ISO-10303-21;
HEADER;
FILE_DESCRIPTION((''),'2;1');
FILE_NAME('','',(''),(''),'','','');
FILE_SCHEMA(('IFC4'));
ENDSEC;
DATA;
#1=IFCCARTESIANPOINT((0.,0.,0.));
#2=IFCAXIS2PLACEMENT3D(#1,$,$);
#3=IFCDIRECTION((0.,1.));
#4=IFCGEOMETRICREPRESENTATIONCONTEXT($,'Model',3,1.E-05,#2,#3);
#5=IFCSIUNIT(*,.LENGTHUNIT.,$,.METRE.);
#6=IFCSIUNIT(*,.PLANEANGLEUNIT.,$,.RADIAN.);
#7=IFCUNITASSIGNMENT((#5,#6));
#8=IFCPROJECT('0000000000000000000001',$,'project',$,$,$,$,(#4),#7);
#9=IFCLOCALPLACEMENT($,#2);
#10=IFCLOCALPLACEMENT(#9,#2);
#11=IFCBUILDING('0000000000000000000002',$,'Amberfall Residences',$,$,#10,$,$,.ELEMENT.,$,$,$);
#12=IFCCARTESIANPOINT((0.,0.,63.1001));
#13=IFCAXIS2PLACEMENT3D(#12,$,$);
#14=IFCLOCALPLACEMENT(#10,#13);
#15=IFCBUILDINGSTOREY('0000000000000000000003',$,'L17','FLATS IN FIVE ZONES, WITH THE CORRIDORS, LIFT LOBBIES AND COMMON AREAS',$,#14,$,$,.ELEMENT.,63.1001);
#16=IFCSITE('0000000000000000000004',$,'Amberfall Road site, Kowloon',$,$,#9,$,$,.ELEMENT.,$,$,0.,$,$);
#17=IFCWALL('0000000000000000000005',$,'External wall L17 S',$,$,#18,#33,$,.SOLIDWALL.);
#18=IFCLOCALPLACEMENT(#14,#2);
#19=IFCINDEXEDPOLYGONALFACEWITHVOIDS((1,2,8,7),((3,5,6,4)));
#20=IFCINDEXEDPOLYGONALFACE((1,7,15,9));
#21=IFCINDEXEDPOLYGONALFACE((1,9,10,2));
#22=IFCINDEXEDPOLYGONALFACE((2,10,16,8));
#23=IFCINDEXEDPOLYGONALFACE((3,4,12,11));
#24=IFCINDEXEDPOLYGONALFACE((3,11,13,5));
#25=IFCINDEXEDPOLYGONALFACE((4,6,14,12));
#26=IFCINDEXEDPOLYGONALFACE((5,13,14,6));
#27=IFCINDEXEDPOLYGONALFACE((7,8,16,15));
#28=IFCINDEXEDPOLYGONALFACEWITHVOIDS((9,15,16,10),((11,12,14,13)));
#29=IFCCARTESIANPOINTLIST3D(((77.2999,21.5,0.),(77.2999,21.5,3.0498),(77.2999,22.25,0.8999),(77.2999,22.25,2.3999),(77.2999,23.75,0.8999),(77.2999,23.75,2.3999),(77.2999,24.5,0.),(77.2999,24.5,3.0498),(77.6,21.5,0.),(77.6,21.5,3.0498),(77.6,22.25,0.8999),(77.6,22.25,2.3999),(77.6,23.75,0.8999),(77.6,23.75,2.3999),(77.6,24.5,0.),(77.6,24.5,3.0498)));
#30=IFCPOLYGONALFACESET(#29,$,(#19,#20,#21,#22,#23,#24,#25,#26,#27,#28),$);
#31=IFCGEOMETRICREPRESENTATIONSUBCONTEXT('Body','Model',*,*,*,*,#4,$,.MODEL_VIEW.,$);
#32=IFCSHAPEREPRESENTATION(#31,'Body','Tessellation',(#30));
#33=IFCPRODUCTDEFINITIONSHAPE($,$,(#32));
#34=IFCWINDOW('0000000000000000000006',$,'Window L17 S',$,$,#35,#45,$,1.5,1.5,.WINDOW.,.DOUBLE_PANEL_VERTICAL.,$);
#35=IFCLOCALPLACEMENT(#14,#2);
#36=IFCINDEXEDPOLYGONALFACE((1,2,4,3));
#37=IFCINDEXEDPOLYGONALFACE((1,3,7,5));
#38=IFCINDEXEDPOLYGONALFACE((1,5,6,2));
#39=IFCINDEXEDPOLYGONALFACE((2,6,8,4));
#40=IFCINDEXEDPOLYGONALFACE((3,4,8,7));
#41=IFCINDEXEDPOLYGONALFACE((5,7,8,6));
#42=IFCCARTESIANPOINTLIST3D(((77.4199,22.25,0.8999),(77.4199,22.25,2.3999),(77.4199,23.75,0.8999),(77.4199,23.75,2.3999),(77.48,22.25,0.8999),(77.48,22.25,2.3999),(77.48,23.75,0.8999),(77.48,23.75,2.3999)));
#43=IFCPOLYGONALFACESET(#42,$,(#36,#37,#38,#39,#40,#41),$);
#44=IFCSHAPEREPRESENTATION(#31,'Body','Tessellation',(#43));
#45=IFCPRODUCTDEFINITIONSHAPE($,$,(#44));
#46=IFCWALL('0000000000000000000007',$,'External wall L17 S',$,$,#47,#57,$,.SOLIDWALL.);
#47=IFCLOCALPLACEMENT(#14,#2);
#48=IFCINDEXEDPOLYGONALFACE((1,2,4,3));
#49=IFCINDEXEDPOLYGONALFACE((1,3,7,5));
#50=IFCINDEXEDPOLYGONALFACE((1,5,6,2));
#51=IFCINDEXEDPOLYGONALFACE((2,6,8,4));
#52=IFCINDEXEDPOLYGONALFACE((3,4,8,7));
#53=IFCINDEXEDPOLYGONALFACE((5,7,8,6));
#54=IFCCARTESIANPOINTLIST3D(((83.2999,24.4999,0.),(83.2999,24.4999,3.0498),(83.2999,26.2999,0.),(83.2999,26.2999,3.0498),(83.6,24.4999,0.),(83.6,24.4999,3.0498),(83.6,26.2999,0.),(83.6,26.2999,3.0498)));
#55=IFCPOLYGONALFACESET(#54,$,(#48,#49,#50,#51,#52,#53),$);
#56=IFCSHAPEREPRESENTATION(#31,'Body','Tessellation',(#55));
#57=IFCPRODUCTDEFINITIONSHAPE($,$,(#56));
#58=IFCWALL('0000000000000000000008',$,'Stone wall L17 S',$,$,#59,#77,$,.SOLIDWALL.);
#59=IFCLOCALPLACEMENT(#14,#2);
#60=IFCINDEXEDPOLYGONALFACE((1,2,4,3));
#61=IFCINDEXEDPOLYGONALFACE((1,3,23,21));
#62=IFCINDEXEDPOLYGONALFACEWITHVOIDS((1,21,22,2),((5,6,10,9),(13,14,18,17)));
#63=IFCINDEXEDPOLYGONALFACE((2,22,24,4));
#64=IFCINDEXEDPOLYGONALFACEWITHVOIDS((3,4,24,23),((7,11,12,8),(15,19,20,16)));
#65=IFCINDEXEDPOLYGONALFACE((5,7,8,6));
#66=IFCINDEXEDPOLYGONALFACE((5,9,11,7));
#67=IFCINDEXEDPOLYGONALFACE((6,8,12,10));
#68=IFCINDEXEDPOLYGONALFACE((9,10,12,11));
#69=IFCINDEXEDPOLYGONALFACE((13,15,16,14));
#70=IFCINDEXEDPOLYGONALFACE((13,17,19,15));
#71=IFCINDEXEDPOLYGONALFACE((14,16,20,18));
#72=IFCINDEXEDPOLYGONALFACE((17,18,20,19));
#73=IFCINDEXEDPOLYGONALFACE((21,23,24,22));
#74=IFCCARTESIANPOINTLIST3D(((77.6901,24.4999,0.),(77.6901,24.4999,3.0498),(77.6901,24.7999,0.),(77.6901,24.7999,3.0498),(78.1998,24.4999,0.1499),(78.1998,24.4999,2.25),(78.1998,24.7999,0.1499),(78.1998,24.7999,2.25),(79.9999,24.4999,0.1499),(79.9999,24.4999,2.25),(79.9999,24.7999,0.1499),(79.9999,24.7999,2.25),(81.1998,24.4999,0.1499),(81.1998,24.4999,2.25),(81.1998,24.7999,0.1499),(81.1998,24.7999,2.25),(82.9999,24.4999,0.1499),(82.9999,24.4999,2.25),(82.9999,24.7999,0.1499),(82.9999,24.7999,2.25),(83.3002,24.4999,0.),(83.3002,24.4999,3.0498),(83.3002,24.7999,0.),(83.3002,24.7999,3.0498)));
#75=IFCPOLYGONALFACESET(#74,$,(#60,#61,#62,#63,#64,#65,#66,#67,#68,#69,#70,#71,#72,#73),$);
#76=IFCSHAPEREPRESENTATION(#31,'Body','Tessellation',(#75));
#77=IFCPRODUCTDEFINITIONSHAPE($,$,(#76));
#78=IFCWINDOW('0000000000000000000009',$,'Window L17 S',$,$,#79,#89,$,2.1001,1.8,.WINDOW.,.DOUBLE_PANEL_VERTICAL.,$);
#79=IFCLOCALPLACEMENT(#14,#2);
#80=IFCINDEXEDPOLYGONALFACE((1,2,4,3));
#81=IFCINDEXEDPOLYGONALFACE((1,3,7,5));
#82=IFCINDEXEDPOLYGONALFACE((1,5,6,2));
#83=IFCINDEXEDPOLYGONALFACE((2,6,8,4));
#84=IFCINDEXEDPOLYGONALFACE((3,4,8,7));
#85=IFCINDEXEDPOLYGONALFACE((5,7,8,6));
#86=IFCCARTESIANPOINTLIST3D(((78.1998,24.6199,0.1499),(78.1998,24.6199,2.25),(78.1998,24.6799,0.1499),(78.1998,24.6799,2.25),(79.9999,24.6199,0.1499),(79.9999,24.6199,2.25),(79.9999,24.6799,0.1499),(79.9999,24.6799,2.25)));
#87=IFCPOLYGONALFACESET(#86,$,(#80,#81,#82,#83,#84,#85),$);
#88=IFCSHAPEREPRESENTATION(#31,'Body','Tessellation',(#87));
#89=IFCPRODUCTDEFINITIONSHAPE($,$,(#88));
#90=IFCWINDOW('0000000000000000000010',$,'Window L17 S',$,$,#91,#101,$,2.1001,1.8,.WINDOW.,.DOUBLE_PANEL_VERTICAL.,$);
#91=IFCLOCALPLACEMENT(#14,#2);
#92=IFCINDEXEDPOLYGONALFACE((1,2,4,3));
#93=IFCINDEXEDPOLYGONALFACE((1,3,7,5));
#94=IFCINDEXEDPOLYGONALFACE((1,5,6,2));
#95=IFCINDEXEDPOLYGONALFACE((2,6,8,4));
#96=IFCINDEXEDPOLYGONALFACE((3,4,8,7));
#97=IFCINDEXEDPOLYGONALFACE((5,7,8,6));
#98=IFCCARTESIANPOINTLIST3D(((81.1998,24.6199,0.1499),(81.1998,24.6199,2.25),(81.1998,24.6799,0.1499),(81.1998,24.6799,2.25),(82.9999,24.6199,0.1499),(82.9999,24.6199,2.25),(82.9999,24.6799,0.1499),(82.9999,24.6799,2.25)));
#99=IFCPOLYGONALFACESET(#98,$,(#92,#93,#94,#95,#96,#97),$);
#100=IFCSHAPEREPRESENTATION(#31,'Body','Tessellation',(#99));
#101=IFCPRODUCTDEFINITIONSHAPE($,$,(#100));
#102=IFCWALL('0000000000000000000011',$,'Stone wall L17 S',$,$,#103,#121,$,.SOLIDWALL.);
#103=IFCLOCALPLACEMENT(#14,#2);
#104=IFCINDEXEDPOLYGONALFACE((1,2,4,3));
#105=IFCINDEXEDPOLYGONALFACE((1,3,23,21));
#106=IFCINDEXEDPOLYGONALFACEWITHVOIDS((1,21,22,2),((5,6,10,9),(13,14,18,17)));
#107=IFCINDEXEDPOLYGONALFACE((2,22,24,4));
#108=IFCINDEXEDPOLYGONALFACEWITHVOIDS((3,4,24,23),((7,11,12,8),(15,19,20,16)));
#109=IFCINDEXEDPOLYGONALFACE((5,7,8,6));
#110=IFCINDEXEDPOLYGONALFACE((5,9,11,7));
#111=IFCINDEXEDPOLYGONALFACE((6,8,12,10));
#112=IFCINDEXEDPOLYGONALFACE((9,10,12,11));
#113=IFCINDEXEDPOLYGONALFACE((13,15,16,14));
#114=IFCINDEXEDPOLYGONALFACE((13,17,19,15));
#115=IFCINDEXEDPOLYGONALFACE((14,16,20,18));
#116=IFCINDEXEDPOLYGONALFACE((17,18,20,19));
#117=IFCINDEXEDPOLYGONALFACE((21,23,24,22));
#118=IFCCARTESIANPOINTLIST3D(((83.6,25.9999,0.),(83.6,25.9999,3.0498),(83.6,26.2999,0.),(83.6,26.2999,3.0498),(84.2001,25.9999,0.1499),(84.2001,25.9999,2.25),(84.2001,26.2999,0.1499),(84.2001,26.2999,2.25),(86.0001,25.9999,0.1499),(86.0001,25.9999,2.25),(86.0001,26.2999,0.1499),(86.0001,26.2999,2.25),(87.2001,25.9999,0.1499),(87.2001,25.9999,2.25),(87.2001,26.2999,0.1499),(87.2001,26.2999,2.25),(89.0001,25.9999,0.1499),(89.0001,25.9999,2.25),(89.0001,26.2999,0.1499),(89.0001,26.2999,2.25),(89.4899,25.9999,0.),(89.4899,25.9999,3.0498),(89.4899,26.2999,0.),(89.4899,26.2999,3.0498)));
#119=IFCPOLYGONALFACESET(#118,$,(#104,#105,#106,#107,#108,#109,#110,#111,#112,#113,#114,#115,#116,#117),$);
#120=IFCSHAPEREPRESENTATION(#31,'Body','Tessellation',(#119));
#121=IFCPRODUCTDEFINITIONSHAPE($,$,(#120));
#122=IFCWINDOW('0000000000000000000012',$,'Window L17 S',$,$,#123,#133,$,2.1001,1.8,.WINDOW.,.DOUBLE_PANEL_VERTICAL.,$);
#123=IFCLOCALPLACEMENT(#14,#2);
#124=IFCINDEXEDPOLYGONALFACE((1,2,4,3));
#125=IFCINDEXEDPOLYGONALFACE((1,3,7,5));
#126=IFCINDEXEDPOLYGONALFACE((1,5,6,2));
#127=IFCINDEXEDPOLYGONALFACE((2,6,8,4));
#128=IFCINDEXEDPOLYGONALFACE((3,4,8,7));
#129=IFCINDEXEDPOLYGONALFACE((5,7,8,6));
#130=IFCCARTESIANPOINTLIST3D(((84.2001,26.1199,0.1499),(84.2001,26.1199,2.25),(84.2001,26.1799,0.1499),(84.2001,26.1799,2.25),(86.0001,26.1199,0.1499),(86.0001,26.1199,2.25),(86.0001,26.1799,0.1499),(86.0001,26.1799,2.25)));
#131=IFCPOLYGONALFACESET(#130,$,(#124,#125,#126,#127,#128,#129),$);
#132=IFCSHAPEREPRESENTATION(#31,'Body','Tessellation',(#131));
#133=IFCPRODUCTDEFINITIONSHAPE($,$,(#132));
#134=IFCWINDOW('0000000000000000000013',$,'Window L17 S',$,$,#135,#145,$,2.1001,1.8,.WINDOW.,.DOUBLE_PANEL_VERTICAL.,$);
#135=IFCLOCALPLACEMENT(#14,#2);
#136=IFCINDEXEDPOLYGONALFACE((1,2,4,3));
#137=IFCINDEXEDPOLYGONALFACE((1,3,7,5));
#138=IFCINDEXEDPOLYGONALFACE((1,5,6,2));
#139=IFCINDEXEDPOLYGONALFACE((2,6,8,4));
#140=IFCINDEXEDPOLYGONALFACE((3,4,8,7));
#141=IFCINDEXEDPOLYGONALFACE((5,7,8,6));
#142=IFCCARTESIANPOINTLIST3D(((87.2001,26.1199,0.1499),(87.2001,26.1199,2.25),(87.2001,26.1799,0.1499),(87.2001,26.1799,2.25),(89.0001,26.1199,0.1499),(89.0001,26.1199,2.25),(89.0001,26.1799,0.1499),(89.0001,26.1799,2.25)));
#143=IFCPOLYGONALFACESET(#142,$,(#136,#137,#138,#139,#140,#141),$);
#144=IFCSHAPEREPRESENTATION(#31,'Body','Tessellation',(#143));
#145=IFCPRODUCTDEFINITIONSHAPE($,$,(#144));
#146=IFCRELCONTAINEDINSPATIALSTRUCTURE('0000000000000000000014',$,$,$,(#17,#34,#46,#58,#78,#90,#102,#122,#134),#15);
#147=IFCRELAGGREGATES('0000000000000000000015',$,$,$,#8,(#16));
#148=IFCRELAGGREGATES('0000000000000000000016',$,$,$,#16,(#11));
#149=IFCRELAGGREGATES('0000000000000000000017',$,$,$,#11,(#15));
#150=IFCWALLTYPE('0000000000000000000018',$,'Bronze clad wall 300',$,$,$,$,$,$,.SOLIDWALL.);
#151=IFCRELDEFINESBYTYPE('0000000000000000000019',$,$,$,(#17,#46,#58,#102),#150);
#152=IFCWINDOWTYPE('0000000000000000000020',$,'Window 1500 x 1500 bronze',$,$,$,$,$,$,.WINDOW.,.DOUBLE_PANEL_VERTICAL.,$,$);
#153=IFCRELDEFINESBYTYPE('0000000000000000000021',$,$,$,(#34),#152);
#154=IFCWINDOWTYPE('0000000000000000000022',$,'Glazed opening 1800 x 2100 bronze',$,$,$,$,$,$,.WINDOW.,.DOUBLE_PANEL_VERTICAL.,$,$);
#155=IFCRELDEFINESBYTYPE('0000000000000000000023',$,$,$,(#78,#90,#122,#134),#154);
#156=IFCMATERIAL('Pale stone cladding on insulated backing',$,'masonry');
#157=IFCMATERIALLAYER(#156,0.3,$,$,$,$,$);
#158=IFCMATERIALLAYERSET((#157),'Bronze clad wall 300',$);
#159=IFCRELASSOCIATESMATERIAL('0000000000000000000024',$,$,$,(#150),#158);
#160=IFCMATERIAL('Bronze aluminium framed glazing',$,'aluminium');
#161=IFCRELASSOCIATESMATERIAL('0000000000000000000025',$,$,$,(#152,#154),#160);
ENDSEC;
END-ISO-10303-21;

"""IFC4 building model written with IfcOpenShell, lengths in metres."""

from ifc_helpers import new_model, si_unit, direction, frame, frame_2d, origin, place, context, subcontext, project, spatial, rectangle, extrude, material, layer, layer_set, type_object, element, fill, save


model = new_model("IFC4")

# Units and contexts
model_context = context("Model", 3, precision=1e-05, world=origin(), true_north=direction((0.0, 1.0)))
body_context = subcontext(model_context, "Body", "Model", "MODEL_VIEW")
ifc_project = project(units=[si_unit("LENGTHUNIT", "METRE"), si_unit("PLANEANGLEUNIT", "RADIAN")], contexts=[model_context])

# Site, building, storey
site_placement = place(None, origin())
site = spatial("IfcSite", under=ifc_project, at=site_placement, Name="Amberfall Road site, Kowloon", CompositionType="ELEMENT", RefElevation=0.0)
building_placement = place(site_placement, origin())
building = spatial("IfcBuilding", under=site, at=building_placement, Name="Amberfall Residences", CompositionType="ELEMENT")
storey_placement = place(building_placement, frame((0.0, 0.0, 63.1001)))
storey = spatial("IfcBuildingStorey", under=building, at=storey_placement, Name="L17", Description="FLATS IN FIVE ZONES, WITH THE CORRIDORS, LIFT LOBBIES AND COMMON AREAS", CompositionType="ELEMENT", Elevation=63.1001)

# Wall, opening, window
ifc_material_1 = material(Name="Pale stone cladding on insulated backing", Category="masonry")
ifc_layer_1 = layer(ifc_material_1, 0.3)
ifc_layer_set_1 = layer_set([ifc_layer_1], Name="Bronze clad wall 300")
wall_type_1 = type_object("IfcWallType", Name="Bronze clad wall 300", PredefinedType="SOLIDWALL", material=ifc_layer_set_1)
wall_1_placement = place(storey_placement, frame((77.45, 21.5, 0.0), z_axis=(0.0, 0.0, 1.0), x_axis=(0.0, 1.0, 0.0)))
wall_1 = element("IfcWall", 1, at=wall_1_placement, inside=storey, type_object=wall_type_1, Name="External wall L17 S", PredefinedType="SOLIDWALL", context=body_context, shape_type="SweptSolid", body=[
    extrude(rectangle(XDim=3.0, YDim=0.3, at=frame_2d((1.5, 0.0))), origin(), (0.0, 0.0, 1.0), 3.0498),
])
opening_1_placement = place(wall_1_placement, frame((0.75, 0.0, 0.8999)))
opening_1 = element("IfcOpeningElement", 2, at=opening_1_placement, cuts=wall_1, PredefinedType="OPENING", context=body_context, shape_type="SweptSolid", body=[
    extrude(rectangle(XDim=1.5, YDim=1.5, at=frame_2d((0.75, 0.75))), frame((0.0, 0.1599, 0.0), z_axis=(0.0, -1.0, 0.0), x_axis=(1.0, 0.0, 0.0)), (0.0, 0.0, 1.0), 0.3201),
])
ifc_material_2 = material(Name="Bronze aluminium framed glazing", Category="aluminium")
window_type_1 = type_object("IfcWindowType", Name="Window 1500 x 1500 bronze", PartitioningType="DOUBLE_PANEL_VERTICAL", PredefinedType="WINDOW", material=ifc_material_2)
window_1_placement = place(opening_1_placement, origin())
window_1 = element("IfcWindow", 3, at=window_1_placement, inside=storey, type_object=window_type_1, Name="Window L17 S", OverallHeight=1.5, OverallWidth=1.5, PartitioningType="DOUBLE_PANEL_VERTICAL", PredefinedType="WINDOW", context=body_context, shape_type="SweptSolid", body=[
    extrude(rectangle(XDim=1.5, YDim=1.5, at=frame_2d((0.75, 0.75))), frame((0.0, 0.03, 0.0), z_axis=(0.0, -1.0, 0.0), x_axis=(1.0, 0.0, 0.0)), (0.0, 0.0, 1.0), 0.0601),
])
fill(opening_1, window_1)

# Wall
wall_2_placement = place(storey_placement, frame((83.45, 24.5, 0.0), z_axis=(0.0, 0.0, 1.0), x_axis=(0.0, 1.0, 0.0)))
element("IfcWall", 4, at=wall_2_placement, inside=storey, type_object=wall_type_1, Name="External wall L17 S", PredefinedType="SOLIDWALL", context=body_context, shape_type="SweptSolid", body=[
    extrude(rectangle(XDim=1.8, YDim=0.3, at=frame_2d((0.8999, 0.0))), origin(), (0.0, 0.0, 1.0), 3.0498),
])

# Walls, openings, windows
wall_3_placement = place(storey_placement, frame((77.6899, 24.6499, 0.0), z_axis=(0.0, 0.0, 1.0), x_axis=(1.0, 0.0, 0.0)))
wall_3 = element("IfcWall", 5, at=wall_3_placement, inside=storey, type_object=wall_type_1, Name="Stone wall L17 S", PredefinedType="SOLIDWALL", context=body_context, shape_type="SweptSolid", body=[
    extrude(rectangle(XDim=5.6101, YDim=0.3, at=frame_2d((2.8052, 0.0))), origin(), (0.0, 0.0, 1.0), 3.0498),
])
opening_2_placement = place(wall_3_placement, frame((0.51, 0.0, 0.1499)))
opening_2 = element("IfcOpeningElement", 6, at=opening_2_placement, cuts=wall_3, PredefinedType="OPENING", context=body_context, shape_type="SweptSolid", body=[
    extrude(rectangle(XDim=1.8, YDim=2.1001, at=frame_2d((0.8999, 1.05))), frame((0.0, 0.1599, 0.0), z_axis=(0.0, -1.0, 0.0), x_axis=(1.0, 0.0, 0.0)), (0.0, 0.0, 1.0), 0.3201),
])
opening_3_placement = place(wall_3_placement, frame((3.51, 0.0, 0.1499)))
opening_3 = element("IfcOpeningElement", 7, at=opening_3_placement, cuts=wall_3, PredefinedType="OPENING", context=body_context, shape_type="SweptSolid", body=[
    extrude(rectangle(XDim=1.8, YDim=2.1001, at=frame_2d((0.8999, 1.05))), frame((0.0, 0.1599, 0.0), z_axis=(0.0, -1.0, 0.0), x_axis=(1.0, 0.0, 0.0)), (0.0, 0.0, 1.0), 0.3201),
])
window_type_2 = type_object("IfcWindowType", Name="Glazed opening 1800 x 2100 bronze", PartitioningType="DOUBLE_PANEL_VERTICAL", PredefinedType="WINDOW", material=ifc_material_2)
window_2_placement = place(opening_2_placement, origin())
window_2 = element("IfcWindow", 8, at=window_2_placement, inside=storey, type_object=window_type_2, Name="Window L17 S", OverallHeight=2.1001, OverallWidth=1.8, PartitioningType="DOUBLE_PANEL_VERTICAL", PredefinedType="WINDOW", context=body_context, shape_type="SweptSolid", body=[
    extrude(rectangle(XDim=1.8, YDim=2.1001, at=frame_2d((0.8999, 1.05))), frame((0.0, 0.03, 0.0), z_axis=(0.0, -1.0, 0.0), x_axis=(1.0, 0.0, 0.0)), (0.0, 0.0, 1.0), 0.0601),
])
fill(opening_2, window_2)
window_3_placement = place(opening_3_placement, origin())
window_3 = element("IfcWindow", 9, at=window_3_placement, inside=storey, type_object=window_type_2, Name="Window L17 S", OverallHeight=2.1001, OverallWidth=1.8, PartitioningType="DOUBLE_PANEL_VERTICAL", PredefinedType="WINDOW", context=body_context, shape_type="SweptSolid", body=[
    extrude(rectangle(XDim=1.8, YDim=2.1001, at=frame_2d((0.8999, 1.05))), frame((0.0, 0.03, 0.0), z_axis=(0.0, -1.0, 0.0), x_axis=(1.0, 0.0, 0.0)), (0.0, 0.0, 1.0), 0.0601),
])
fill(opening_3, window_3)
wall_4_placement = place(storey_placement, frame((83.6001, 26.1499, 0.0), z_axis=(0.0, 0.0, 1.0), x_axis=(1.0, 0.0, 0.0)))
wall_4 = element("IfcWall", 10, at=wall_4_placement, inside=storey, type_object=wall_type_1, Name="Stone wall L17 S", PredefinedType="SOLIDWALL", context=body_context, shape_type="SweptSolid", body=[
    extrude(rectangle(XDim=5.8899, YDim=0.3, at=frame_2d((2.9448, 0.0))), origin(), (0.0, 0.0, 1.0), 3.0498),
])
opening_4_placement = place(wall_4_placement, frame((0.6001, 0.0, 0.1499)))
opening_4 = element("IfcOpeningElement", 11, at=opening_4_placement, cuts=wall_4, PredefinedType="OPENING", context=body_context, shape_type="SweptSolid", body=[
    extrude(rectangle(XDim=1.8, YDim=2.1001, at=frame_2d((0.8999, 1.05))), frame((0.0, 0.1599, 0.0), z_axis=(0.0, -1.0, 0.0), x_axis=(1.0, 0.0, 0.0)), (0.0, 0.0, 1.0), 0.3201),
])
opening_5_placement = place(wall_4_placement, frame((3.6001, 0.0, 0.1499)))
opening_5 = element("IfcOpeningElement", 12, at=opening_5_placement, cuts=wall_4, PredefinedType="OPENING", context=body_context, shape_type="SweptSolid", body=[
    extrude(rectangle(XDim=1.8, YDim=2.1001, at=frame_2d((0.8999, 1.05))), frame((0.0, 0.1599, 0.0), z_axis=(0.0, -1.0, 0.0), x_axis=(1.0, 0.0, 0.0)), (0.0, 0.0, 1.0), 0.3201),
])
window_4_placement = place(opening_4_placement, origin())
window_4 = element("IfcWindow", 13, at=window_4_placement, inside=storey, type_object=window_type_2, Name="Window L17 S", OverallHeight=2.1001, OverallWidth=1.8, PartitioningType="DOUBLE_PANEL_VERTICAL", PredefinedType="WINDOW", context=body_context, shape_type="SweptSolid", body=[
    extrude(rectangle(XDim=1.8, YDim=2.1001, at=frame_2d((0.8999, 1.05))), frame((0.0, 0.03, 0.0), z_axis=(0.0, -1.0, 0.0), x_axis=(1.0, 0.0, 0.0)), (0.0, 0.0, 1.0), 0.0601),
])
fill(opening_4, window_4)
window_5_placement = place(opening_5_placement, origin())
window_5 = element("IfcWindow", 14, at=window_5_placement, inside=storey, type_object=window_type_2, Name="Window L17 S", OverallHeight=2.1001, OverallWidth=1.8, PartitioningType="DOUBLE_PANEL_VERTICAL", PredefinedType="WINDOW", context=body_context, shape_type="SweptSolid", body=[
    extrude(rectangle(XDim=1.8, YDim=2.1001, at=frame_2d((0.8999, 1.05))), frame((0.0, 0.03, 0.0), z_axis=(0.0, -1.0, 0.0), x_axis=(1.0, 0.0, 0.0)), (0.0, 0.0, 1.0), 0.0601),
])
fill(opening_5, window_5)

save(model, "model.ifc")
